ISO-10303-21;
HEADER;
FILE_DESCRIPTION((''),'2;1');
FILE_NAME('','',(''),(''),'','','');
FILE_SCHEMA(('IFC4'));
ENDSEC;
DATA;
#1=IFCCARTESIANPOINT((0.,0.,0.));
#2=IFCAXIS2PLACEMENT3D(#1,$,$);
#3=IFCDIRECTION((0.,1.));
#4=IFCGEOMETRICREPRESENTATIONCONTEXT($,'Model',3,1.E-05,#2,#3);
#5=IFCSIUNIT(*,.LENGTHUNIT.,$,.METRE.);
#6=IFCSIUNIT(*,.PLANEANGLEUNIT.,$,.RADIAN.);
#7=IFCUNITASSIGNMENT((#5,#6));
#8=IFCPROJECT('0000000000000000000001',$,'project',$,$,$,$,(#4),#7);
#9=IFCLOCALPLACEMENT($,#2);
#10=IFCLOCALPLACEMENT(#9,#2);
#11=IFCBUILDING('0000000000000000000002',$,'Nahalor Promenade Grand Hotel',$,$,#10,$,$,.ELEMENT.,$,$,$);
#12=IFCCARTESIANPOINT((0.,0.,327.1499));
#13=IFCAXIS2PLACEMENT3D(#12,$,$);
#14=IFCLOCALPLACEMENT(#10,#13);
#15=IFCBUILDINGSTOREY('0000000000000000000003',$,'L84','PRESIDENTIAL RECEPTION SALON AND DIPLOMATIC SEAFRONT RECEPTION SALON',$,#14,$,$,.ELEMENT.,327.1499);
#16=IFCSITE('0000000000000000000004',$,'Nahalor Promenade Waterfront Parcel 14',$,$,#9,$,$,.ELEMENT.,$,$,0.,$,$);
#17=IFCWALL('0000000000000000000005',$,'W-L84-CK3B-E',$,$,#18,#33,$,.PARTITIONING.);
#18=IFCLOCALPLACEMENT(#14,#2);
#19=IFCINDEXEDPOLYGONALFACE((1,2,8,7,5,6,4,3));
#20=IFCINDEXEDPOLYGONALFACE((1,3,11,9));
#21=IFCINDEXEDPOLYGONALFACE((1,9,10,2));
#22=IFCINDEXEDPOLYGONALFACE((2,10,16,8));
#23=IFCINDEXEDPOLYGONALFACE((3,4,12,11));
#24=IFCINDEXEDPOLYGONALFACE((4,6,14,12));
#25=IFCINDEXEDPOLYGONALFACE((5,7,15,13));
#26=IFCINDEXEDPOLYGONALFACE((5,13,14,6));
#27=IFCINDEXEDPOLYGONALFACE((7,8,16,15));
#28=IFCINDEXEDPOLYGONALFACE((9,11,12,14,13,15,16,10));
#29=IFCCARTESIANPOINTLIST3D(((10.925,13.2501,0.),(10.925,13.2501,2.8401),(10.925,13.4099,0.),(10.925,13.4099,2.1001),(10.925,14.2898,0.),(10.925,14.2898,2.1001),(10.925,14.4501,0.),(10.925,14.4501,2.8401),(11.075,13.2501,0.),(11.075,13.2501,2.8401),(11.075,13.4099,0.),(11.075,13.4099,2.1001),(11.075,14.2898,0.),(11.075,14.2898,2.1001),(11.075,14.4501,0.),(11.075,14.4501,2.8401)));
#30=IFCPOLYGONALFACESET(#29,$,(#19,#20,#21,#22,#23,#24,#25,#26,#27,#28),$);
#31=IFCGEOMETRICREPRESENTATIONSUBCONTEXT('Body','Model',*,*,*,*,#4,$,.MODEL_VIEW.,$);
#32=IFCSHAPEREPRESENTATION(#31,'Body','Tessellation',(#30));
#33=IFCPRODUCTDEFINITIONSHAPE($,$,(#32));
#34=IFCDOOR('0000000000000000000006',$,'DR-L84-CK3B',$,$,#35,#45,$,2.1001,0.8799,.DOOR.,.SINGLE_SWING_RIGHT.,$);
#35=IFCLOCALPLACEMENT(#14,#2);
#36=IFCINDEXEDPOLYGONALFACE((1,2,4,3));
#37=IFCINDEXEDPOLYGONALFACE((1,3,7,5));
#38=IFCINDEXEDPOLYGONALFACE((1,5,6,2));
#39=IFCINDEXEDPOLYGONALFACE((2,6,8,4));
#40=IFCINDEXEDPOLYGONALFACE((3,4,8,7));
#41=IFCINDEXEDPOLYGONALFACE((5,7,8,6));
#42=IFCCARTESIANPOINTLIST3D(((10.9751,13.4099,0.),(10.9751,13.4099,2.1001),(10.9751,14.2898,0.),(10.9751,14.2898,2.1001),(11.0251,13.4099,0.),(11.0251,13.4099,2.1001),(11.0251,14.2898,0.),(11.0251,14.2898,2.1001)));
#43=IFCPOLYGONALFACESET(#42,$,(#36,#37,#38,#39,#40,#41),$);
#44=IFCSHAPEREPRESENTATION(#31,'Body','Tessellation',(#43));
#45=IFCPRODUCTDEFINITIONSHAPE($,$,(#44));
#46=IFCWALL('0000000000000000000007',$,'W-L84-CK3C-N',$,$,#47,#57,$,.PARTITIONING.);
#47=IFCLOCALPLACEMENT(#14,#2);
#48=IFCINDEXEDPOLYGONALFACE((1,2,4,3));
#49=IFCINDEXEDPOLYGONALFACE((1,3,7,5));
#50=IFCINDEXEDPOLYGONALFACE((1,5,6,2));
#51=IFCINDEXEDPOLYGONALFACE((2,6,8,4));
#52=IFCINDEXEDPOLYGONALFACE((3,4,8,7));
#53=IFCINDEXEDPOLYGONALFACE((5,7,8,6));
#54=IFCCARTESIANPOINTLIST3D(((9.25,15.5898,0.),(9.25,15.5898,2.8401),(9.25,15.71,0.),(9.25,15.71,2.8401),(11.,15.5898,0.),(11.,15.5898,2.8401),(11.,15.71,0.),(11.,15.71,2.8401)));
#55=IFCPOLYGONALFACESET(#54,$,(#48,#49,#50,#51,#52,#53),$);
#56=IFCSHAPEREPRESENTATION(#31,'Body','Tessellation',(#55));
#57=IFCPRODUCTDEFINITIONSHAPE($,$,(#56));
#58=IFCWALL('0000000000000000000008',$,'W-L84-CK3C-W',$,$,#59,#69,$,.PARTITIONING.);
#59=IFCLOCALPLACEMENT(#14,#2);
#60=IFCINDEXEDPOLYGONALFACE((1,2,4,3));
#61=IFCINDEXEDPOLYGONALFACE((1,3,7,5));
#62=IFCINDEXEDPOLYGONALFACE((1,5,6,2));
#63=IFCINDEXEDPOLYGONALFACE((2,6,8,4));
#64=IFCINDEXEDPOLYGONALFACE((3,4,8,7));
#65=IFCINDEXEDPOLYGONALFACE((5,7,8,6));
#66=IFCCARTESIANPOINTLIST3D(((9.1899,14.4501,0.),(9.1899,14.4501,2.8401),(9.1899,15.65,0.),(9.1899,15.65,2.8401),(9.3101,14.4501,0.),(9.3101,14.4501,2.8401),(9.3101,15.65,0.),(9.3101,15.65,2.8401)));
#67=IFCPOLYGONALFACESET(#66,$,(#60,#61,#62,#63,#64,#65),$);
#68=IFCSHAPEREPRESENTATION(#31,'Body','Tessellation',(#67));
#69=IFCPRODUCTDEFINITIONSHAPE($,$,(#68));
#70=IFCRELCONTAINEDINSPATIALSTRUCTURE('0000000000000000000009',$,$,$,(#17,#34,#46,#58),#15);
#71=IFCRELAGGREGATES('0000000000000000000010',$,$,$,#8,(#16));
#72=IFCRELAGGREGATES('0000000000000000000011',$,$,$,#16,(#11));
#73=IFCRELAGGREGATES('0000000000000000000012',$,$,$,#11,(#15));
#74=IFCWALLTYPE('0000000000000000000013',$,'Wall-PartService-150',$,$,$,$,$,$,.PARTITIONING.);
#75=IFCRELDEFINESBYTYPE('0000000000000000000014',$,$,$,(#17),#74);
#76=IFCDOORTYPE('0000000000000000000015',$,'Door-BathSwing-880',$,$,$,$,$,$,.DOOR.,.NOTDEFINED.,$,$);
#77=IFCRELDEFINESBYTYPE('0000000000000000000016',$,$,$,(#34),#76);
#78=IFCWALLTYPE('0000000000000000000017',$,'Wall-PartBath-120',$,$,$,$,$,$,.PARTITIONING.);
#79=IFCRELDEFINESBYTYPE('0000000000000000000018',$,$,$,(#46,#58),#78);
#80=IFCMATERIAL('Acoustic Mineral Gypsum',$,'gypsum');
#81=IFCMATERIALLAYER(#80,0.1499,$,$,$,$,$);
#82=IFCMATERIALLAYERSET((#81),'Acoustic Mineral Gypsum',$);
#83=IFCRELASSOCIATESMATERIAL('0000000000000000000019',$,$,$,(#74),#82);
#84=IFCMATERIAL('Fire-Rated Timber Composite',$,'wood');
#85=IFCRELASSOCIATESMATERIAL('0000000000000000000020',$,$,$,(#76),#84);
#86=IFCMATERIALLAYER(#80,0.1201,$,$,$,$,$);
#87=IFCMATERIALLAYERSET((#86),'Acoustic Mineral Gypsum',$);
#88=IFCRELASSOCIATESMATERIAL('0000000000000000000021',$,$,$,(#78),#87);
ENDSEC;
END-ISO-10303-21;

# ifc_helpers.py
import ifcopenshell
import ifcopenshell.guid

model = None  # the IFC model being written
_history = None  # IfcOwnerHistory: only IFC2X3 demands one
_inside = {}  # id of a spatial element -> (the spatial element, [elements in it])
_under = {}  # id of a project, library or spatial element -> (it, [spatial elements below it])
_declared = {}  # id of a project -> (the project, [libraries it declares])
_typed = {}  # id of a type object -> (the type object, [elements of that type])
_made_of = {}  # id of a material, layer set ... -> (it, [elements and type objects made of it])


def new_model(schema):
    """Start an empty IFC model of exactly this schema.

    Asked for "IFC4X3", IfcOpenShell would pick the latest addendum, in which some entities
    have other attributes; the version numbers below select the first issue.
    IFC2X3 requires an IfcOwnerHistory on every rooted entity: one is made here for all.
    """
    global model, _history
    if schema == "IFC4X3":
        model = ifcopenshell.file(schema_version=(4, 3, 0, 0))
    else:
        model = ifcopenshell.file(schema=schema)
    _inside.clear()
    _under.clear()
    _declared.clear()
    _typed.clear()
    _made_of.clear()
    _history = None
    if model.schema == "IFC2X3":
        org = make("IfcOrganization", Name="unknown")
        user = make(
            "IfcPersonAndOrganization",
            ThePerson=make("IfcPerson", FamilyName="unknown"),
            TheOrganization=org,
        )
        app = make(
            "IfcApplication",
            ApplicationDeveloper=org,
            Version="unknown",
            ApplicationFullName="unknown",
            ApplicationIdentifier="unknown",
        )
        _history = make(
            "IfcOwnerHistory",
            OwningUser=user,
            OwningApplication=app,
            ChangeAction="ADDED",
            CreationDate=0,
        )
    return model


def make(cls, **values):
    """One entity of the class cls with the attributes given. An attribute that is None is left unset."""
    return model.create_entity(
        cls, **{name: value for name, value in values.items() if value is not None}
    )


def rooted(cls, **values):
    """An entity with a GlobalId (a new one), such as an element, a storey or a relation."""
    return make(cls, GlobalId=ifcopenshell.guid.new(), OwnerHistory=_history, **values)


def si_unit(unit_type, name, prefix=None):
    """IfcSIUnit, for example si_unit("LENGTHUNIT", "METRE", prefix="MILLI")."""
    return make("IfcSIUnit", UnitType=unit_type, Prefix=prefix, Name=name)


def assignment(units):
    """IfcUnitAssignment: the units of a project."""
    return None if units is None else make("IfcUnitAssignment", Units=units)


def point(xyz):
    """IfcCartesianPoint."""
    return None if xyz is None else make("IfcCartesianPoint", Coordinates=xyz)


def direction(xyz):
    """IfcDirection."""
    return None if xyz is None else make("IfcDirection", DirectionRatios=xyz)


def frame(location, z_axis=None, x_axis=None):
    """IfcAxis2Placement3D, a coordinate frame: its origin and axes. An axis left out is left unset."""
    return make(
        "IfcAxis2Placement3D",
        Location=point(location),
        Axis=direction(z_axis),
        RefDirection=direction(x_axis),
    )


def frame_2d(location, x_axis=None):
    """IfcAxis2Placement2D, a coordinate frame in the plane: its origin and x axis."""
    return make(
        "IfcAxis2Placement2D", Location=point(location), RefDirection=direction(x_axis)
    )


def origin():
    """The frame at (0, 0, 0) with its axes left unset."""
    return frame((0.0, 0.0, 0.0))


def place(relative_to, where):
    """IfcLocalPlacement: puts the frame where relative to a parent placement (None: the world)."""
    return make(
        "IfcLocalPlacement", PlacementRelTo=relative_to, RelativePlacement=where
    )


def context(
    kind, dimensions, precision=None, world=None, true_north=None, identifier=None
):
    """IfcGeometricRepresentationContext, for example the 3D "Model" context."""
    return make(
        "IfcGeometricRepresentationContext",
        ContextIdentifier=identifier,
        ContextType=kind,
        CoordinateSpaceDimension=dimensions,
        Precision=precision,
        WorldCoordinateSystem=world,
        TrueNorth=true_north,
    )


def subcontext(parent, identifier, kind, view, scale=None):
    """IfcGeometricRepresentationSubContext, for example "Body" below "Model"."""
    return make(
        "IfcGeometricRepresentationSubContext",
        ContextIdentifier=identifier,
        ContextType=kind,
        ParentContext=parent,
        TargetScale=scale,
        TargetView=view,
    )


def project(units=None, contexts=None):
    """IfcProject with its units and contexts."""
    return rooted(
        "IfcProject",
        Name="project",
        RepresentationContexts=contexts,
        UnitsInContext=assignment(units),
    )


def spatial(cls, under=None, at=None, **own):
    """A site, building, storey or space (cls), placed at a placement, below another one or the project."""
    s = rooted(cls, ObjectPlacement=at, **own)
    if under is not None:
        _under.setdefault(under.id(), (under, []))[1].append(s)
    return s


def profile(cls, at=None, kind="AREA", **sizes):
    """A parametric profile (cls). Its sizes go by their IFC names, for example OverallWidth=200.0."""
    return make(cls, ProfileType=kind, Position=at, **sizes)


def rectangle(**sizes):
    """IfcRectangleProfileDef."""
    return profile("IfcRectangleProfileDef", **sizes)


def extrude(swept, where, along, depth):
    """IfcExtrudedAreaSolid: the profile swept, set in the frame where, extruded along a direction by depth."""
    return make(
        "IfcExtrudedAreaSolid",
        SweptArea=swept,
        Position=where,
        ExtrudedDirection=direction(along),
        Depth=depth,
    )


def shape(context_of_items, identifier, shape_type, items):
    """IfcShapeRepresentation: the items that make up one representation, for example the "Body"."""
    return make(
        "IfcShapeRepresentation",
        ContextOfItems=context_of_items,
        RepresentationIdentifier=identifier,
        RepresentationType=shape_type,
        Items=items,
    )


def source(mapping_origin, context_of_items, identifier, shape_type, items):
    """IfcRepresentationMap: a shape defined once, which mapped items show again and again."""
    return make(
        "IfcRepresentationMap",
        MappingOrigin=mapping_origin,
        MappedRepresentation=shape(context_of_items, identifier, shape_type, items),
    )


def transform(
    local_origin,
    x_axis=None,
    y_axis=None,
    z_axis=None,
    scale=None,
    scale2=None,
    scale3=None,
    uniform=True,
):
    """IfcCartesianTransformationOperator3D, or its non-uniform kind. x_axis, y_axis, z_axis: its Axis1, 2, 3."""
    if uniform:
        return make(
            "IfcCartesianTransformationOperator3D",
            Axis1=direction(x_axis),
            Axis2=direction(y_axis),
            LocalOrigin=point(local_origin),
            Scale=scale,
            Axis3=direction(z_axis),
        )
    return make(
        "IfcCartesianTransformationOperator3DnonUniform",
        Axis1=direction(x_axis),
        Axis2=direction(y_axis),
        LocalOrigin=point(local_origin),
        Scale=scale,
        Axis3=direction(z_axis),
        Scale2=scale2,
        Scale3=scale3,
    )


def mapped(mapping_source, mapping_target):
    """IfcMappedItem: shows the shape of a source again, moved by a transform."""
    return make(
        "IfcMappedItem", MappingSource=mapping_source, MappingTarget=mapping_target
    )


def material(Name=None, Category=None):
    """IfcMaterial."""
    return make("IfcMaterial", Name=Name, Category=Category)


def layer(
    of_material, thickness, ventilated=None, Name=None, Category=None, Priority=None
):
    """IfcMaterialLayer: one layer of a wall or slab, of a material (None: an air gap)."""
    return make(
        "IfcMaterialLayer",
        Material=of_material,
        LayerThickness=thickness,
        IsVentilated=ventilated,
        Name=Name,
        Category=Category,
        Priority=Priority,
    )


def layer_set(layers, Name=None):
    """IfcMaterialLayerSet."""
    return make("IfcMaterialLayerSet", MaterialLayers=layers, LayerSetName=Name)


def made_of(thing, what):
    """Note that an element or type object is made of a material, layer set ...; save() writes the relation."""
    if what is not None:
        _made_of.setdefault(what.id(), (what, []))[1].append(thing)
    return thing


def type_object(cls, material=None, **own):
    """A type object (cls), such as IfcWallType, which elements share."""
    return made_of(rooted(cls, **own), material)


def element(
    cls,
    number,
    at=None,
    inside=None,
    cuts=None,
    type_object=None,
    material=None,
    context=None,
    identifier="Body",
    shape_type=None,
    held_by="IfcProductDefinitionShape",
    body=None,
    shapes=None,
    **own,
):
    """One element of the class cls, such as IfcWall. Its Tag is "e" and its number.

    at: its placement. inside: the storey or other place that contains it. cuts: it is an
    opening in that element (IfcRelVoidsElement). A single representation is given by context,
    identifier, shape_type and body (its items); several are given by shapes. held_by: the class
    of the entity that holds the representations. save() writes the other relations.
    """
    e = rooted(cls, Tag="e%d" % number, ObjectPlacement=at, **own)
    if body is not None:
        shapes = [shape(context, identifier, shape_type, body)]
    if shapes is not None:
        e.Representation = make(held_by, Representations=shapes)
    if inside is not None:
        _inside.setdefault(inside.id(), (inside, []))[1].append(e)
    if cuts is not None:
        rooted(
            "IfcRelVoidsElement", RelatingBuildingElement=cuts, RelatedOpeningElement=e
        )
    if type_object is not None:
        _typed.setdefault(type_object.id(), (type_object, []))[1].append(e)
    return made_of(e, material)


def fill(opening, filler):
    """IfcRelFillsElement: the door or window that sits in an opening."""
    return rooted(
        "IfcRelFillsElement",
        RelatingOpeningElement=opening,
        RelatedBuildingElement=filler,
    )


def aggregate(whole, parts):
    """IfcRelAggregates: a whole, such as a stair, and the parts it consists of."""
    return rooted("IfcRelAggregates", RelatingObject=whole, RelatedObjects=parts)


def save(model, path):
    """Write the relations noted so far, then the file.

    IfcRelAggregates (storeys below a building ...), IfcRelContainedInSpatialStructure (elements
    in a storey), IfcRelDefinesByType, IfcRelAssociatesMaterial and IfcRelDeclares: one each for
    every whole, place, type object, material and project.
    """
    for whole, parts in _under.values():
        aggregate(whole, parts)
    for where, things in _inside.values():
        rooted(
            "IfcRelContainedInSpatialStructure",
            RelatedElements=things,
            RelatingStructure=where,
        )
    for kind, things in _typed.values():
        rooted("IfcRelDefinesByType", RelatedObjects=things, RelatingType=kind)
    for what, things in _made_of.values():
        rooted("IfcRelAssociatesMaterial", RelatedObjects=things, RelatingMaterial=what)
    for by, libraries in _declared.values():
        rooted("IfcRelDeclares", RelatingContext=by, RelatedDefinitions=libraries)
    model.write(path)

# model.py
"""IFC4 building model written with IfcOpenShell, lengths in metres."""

from ifc_helpers import new_model, si_unit, direction, frame, frame_2d, origin, place, context, subcontext, project, spatial, rectangle, extrude, source, transform, mapped, material, layer, layer_set, type_object, element, fill, save


model = new_model("IFC4")

# Units and contexts
model_context = context("Model", 3, precision=1e-05, world=origin(), true_north=direction((0.0, 1.0)))
body_context = subcontext(model_context, "Body", "Model", "MODEL_VIEW")
ifc_project = project(units=[si_unit("LENGTHUNIT", "METRE"), si_unit("PLANEANGLEUNIT", "RADIAN")], contexts=[model_context])

# Site, building, storey
site_placement = place(None, origin())
site = spatial("IfcSite", under=ifc_project, at=site_placement, Name="Nahalor Promenade Waterfront Parcel 14", CompositionType="ELEMENT", RefElevation=0.0)
building_placement = place(site_placement, origin())
building = spatial("IfcBuilding", under=site, at=building_placement, Name="Nahalor Promenade Grand Hotel", CompositionType="ELEMENT")
storey_placement = place(building_placement, frame((0.0, 0.0, 327.1499)))
storey = spatial("IfcBuildingStorey", under=building, at=storey_placement, Name="L84", Description="PRESIDENTIAL RECEPTION SALON AND DIPLOMATIC SEAFRONT RECEPTION SALON", CompositionType="ELEMENT", Elevation=327.1499)

# Shared definitions
ifc_material_1 = material(Name="Acoustic Mineral Gypsum", Category="gypsum")
ifc_layer_1 = layer(ifc_material_1, 0.1499)
ifc_layer_set_1 = layer_set([ifc_layer_1], Name="Acoustic Mineral Gypsum")
wall_type_1 = type_object("IfcWallType", Name="Wall-PartService-150", PredefinedType="PARTITIONING", material=ifc_layer_set_1)
shared_shape_1 = source(origin(), body_context, "Body", "SweptSolid", [
    extrude(rectangle(XDim=1.2, YDim=0.1499, at=frame_2d((0.6001, 0.0))), origin(), (0.0, 0.0, 1.0), 2.8401),
])

# Shared definitions
ifc_material_2 = material(Name="Fire-Rated Timber Composite", Category="wood")
door_type = type_object("IfcDoorType", Name="Door-BathSwing-880", OperationType="NOTDEFINED", PredefinedType="DOOR", material=ifc_material_2)
shared_shape_2 = source(origin(), body_context, "Body", "SweptSolid", [
    extrude(rectangle(XDim=0.8799, YDim=2.1001, at=frame_2d((0.4399, 1.05))), frame((0.0, 0.0249, 0.0), z_axis=(0.0, -1.0, 0.0), x_axis=(1.0, 0.0, 0.0)), (0.0, 0.0, 1.0), 0.05),
])

# Wall, opening, door
wall_1_placement = place(storey_placement, frame((11.0, 13.25, 0.0), z_axis=(0.0, 0.0, 1.0), x_axis=(0.0, 1.0, 0.0)))
wall_1 = element("IfcWall", 1, at=wall_1_placement, inside=storey, type_object=wall_type_1, Name="W-L84-CK3B-E", PredefinedType="PARTITIONING", context=body_context, shape_type="MappedRepresentation", body=[
    mapped(shared_shape_1, transform((0.0, 0.0, 0.0), scale=1.0)),
])
opening_1_placement = place(wall_1_placement, frame((0.1599, 0.0, 0.0)))
opening_1 = element("IfcOpeningElement", 2, at=opening_1_placement, cuts=wall_1, PredefinedType="OPENING", context=body_context, shape_type="SweptSolid", body=[
    extrude(rectangle(XDim=0.8799, YDim=2.1001, at=frame_2d((0.4399, 1.05))), frame((0.0, 0.085, 0.0), z_axis=(0.0, -1.0, 0.0), x_axis=(1.0, 0.0, 0.0)), (0.0, 0.0, 1.0), 0.1699),
])
door_1_placement = place(opening_1_placement, origin())
door_1 = element("IfcDoor", 3, at=door_1_placement, inside=storey, type_object=door_type, Name="DR-L84-CK3B", OperationType="SINGLE_SWING_RIGHT", OverallHeight=2.1001, OverallWidth=0.8799, PredefinedType="DOOR", context=body_context, shape_type="MappedRepresentation", body=[
    mapped(shared_shape_2, transform((0.0, 0.0, 0.0), scale=1.0)),
])
fill(opening_1, door_1)

# Walls
ifc_layer_2 = layer(ifc_material_1, 0.1201)
ifc_layer_set_2 = layer_set([ifc_layer_2], Name="Acoustic Mineral Gypsum")
wall_type_2 = type_object("IfcWallType", Name="Wall-PartBath-120", PredefinedType="PARTITIONING", material=ifc_layer_set_2)
shared_shape_3 = source(origin(), body_context, "Body", "SweptSolid", [
    extrude(rectangle(XDim=1.75, YDim=0.1201, at=frame_2d((0.875, 0.0))), origin(), (0.0, 0.0, 1.0), 2.8401),
])
wall_2_placement = place(storey_placement, frame((9.25, 15.6499, 0.0), z_axis=(0.0, 0.0, 1.0), x_axis=(1.0, 0.0, 0.0)))
element("IfcWall", 4, at=wall_2_placement, inside=storey, type_object=wall_type_2, Name="W-L84-CK3C-N", PredefinedType="PARTITIONING", context=body_context, shape_type="MappedRepresentation", body=[
    mapped(shared_shape_3, transform((0.0, 0.0, 0.0), scale=1.0)),
])
shared_shape_4 = source(origin(), body_context, "Body", "SweptSolid", [
    extrude(rectangle(XDim=1.2, YDim=0.1201, at=frame_2d((0.6001, 0.0))), origin(), (0.0, 0.0, 1.0), 2.8401),
])
wall_3_placement = place(storey_placement, frame((9.25, 14.45, 0.0), z_axis=(0.0, 0.0, 1.0), x_axis=(0.0, 1.0, 0.0)))
element("IfcWall", 5, at=wall_3_placement, inside=storey, type_object=wall_type_2, Name="W-L84-CK3C-W", PredefinedType="PARTITIONING", context=body_context, shape_type="MappedRepresentation", body=[
    mapped(shared_shape_4, transform((0.0, 0.0, 0.0), scale=1.0)),
])

save(model, "model.ifc")
